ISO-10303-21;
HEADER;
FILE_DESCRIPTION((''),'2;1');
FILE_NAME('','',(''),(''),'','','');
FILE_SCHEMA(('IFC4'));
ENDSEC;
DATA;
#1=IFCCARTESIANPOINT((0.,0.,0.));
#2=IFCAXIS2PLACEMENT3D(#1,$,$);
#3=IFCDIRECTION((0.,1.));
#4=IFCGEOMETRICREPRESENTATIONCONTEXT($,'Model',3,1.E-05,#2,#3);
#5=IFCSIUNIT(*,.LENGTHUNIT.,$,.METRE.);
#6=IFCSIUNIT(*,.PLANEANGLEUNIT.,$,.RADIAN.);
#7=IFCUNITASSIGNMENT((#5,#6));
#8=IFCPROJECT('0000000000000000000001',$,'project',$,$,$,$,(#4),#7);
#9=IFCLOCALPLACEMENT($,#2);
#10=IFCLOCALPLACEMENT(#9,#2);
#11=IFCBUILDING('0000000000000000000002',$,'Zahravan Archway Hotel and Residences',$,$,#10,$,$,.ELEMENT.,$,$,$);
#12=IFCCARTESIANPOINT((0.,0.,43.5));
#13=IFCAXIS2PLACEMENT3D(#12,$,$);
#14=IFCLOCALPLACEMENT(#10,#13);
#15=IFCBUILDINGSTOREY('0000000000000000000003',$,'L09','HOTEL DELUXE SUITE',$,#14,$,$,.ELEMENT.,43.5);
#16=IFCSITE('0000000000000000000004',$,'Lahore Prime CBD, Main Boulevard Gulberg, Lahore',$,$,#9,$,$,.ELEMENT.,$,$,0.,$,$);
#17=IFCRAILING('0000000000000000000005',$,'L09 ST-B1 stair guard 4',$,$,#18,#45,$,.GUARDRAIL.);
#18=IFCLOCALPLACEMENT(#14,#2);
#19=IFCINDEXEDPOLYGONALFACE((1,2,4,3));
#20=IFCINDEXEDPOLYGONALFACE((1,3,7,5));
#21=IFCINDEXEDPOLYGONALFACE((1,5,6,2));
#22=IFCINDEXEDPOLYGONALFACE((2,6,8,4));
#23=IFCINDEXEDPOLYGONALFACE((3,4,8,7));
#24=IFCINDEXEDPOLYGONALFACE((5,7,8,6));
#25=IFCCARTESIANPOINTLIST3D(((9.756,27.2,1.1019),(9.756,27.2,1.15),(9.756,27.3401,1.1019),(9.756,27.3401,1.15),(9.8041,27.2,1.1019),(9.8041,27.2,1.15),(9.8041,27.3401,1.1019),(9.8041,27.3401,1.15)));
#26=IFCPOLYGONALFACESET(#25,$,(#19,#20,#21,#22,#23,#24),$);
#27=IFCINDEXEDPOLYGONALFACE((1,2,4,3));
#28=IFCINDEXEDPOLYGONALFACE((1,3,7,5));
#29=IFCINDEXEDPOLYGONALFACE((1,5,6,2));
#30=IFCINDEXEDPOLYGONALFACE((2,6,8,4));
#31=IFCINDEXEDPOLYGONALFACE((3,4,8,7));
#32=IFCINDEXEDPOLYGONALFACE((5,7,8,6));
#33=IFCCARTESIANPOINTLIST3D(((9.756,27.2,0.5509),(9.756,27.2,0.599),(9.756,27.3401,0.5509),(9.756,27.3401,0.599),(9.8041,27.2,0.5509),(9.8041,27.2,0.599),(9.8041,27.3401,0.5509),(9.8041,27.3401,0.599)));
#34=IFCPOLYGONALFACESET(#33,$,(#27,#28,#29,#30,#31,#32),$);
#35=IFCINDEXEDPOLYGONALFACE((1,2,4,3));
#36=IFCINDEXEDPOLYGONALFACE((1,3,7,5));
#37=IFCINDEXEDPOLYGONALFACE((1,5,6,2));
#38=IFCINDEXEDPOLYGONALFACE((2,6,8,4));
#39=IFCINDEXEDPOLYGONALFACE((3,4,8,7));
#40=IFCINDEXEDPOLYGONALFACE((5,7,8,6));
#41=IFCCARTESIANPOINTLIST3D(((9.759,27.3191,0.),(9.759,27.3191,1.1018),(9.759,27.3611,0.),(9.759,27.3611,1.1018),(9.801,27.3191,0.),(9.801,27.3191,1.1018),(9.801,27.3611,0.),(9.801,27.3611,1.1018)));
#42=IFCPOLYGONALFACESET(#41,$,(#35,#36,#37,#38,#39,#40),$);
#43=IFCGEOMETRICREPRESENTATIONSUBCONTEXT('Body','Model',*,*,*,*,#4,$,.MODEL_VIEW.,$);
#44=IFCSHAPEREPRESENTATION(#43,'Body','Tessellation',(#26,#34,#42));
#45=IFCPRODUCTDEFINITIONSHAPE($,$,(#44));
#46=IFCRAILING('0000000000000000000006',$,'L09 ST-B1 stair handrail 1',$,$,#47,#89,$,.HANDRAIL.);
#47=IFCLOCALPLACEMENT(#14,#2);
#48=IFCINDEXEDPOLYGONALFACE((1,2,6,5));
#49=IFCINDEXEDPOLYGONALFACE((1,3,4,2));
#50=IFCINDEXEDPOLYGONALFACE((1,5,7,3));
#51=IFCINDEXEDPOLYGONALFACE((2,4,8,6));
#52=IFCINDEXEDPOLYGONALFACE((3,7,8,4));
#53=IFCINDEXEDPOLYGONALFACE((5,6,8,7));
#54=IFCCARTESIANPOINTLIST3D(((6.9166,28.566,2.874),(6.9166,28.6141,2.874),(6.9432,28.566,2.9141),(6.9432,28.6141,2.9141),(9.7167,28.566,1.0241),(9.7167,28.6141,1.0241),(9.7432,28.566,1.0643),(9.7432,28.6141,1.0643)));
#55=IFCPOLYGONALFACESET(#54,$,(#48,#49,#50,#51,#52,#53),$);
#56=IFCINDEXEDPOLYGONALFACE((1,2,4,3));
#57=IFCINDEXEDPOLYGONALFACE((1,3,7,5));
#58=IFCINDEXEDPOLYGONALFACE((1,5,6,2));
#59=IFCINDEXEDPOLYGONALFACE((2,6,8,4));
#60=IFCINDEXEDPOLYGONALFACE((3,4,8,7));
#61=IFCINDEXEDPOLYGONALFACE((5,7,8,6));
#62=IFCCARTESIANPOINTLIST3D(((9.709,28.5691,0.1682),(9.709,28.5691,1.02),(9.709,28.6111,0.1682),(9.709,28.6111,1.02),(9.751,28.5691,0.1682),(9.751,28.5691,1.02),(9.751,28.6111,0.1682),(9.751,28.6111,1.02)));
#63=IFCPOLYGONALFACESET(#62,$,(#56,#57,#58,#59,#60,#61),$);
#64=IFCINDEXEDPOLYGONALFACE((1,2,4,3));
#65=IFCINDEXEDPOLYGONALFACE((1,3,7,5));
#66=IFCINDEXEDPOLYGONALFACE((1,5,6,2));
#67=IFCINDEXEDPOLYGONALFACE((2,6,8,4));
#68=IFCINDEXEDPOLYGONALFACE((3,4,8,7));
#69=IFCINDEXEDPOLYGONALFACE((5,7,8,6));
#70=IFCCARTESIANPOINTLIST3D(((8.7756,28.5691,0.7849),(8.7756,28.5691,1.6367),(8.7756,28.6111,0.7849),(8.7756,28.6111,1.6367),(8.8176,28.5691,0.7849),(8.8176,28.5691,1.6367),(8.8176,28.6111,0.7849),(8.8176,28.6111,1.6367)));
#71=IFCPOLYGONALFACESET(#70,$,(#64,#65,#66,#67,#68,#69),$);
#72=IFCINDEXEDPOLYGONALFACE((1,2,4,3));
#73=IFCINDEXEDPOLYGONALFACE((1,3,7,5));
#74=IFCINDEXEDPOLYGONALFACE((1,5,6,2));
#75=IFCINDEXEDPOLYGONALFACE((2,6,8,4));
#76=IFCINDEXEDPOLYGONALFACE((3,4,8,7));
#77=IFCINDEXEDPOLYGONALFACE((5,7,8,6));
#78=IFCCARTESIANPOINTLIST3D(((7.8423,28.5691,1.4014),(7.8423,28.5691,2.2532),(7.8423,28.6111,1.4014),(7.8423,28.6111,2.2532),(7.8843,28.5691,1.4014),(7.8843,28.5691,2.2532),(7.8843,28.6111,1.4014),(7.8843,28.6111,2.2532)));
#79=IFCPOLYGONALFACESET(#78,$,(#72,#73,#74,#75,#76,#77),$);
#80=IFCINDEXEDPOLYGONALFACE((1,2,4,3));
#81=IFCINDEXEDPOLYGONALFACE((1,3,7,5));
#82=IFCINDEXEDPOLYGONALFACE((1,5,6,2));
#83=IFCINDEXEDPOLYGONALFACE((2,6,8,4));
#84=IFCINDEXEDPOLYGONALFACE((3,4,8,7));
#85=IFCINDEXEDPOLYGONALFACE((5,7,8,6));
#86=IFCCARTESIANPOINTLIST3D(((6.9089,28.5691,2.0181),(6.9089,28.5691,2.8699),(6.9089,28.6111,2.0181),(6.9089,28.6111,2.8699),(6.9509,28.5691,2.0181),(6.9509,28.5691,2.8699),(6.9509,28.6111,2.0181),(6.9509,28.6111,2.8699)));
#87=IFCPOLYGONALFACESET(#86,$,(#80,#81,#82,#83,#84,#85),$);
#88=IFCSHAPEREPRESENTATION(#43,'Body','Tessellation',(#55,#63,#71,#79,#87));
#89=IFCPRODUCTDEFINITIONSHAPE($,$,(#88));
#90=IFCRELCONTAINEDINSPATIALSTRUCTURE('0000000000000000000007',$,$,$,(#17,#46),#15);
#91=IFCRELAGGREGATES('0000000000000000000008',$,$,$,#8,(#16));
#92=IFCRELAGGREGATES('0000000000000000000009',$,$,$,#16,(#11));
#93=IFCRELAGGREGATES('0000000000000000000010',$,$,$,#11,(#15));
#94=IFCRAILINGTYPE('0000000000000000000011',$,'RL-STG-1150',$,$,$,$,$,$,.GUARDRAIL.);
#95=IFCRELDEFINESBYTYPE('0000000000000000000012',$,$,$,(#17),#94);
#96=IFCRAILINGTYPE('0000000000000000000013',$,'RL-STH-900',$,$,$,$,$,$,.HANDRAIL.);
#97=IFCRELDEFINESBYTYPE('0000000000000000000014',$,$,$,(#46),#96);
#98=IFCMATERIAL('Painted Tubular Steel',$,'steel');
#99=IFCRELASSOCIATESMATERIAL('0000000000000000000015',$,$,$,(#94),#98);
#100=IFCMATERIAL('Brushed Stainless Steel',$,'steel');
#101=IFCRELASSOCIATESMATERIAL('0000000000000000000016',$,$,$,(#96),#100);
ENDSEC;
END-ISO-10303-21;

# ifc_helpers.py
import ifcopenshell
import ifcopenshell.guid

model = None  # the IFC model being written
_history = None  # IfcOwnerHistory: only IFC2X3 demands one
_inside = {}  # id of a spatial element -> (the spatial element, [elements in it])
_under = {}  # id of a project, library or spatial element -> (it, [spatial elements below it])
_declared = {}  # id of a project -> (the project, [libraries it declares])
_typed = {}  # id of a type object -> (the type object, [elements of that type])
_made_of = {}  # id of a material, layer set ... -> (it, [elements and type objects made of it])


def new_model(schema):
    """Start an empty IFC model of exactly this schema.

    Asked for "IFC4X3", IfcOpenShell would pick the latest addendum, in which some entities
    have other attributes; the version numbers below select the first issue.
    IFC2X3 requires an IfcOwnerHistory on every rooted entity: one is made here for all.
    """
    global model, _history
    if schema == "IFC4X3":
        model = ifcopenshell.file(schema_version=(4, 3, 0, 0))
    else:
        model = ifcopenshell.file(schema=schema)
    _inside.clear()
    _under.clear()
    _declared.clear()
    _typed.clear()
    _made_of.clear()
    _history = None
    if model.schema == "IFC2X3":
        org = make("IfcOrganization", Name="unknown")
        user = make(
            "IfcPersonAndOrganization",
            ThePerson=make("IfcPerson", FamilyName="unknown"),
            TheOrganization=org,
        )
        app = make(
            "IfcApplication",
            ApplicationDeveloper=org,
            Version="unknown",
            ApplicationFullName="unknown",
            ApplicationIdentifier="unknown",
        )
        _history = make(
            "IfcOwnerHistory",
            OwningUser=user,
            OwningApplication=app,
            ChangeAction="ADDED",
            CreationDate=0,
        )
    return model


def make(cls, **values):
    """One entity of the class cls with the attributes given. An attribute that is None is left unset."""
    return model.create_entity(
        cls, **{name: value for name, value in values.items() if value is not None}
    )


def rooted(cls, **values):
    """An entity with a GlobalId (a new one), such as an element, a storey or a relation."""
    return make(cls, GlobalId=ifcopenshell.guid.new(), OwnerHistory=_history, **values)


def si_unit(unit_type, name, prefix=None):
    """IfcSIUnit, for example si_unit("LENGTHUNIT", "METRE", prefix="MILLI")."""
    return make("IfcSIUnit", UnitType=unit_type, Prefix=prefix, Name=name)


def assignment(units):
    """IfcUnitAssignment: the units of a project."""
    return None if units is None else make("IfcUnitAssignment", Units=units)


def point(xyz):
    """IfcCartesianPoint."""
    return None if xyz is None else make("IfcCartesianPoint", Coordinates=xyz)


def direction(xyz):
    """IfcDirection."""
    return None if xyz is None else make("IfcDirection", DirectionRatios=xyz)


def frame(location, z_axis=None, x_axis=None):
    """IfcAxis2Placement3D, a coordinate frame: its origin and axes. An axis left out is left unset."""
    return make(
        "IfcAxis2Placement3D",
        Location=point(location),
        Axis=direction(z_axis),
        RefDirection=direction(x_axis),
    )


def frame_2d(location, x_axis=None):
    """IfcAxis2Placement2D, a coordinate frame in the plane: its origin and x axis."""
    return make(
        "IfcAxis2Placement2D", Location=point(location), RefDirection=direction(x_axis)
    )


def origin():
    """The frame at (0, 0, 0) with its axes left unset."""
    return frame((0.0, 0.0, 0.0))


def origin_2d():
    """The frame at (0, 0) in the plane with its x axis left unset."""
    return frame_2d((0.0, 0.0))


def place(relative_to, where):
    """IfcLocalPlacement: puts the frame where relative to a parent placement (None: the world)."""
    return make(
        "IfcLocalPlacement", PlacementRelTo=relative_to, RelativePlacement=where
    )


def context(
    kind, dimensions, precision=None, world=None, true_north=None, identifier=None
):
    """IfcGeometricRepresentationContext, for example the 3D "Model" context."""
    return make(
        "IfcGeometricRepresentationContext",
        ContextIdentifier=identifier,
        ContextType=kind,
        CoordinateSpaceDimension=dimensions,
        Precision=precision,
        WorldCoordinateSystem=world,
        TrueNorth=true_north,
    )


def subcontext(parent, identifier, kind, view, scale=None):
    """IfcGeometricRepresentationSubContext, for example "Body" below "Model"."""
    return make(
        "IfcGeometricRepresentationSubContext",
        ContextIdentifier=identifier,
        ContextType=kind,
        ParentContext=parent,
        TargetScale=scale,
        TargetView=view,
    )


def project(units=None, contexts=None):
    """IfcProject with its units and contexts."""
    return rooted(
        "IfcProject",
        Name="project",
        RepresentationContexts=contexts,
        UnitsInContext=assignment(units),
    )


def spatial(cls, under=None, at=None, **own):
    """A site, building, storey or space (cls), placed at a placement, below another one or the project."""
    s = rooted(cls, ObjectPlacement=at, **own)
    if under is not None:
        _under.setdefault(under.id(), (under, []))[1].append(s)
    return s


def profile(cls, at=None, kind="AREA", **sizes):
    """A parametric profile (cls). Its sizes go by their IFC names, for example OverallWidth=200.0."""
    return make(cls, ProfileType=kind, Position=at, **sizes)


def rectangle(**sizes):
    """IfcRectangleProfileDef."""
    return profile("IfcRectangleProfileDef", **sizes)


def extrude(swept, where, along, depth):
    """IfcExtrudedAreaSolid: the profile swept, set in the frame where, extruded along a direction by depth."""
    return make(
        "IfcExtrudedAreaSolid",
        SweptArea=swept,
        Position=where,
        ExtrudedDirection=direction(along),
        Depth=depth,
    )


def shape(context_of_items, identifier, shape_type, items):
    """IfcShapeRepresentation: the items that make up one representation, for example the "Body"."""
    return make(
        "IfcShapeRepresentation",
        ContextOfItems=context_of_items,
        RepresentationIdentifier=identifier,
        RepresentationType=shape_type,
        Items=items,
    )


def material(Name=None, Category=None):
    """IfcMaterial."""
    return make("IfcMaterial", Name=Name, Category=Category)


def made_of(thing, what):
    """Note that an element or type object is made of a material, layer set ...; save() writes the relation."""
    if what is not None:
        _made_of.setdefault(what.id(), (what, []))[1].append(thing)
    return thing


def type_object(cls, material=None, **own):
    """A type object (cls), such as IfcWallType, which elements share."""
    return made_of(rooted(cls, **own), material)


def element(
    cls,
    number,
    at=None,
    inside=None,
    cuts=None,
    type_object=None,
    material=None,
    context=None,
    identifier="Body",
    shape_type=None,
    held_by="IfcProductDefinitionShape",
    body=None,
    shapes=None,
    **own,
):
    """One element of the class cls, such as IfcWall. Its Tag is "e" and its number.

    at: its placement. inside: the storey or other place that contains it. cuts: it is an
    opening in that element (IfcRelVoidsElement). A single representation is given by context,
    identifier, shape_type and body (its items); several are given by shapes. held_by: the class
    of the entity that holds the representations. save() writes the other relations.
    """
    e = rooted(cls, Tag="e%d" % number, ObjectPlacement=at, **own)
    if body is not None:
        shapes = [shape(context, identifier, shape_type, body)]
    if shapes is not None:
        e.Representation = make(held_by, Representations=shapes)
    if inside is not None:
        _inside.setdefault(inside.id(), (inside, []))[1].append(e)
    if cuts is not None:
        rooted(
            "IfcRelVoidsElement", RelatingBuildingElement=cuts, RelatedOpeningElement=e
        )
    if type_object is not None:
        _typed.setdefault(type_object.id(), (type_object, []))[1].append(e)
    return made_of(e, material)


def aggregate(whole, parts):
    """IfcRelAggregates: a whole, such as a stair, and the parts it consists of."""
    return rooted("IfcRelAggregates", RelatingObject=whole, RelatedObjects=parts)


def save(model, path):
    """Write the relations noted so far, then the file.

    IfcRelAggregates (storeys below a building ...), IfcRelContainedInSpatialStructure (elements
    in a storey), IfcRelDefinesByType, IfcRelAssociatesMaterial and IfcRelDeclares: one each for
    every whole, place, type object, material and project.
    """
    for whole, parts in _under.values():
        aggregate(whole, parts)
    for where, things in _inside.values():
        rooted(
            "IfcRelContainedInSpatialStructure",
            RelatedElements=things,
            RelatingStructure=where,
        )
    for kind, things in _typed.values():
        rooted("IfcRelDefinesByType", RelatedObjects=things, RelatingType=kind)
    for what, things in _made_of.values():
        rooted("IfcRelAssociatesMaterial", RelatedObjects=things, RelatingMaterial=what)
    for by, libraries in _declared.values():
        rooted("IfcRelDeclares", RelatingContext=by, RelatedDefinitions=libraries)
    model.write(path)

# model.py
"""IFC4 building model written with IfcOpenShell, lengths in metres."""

from ifc_helpers import new_model, si_unit, direction, frame, origin, origin_2d, place, context, subcontext, project, spatial, rectangle, extrude, material, type_object, element, save


model = new_model("IFC4")

# Units and contexts
model_context = context("Model", 3, precision=1e-05, world=origin(), true_north=direction((0.0, 1.0)))
body_context = subcontext(model_context, "Body", "Model", "MODEL_VIEW")
ifc_project = project(units=[si_unit("LENGTHUNIT", "METRE"), si_unit("PLANEANGLEUNIT", "RADIAN")], contexts=[model_context])

# Site, building, storey
site_placement = place(None, origin())
site = spatial("IfcSite", under=ifc_project, at=site_placement, Name="Lahore Prime CBD, Main Boulevard Gulberg, Lahore", CompositionType="ELEMENT", RefElevation=0.0)
building_placement = place(site_placement, origin())
building = spatial("IfcBuilding", under=site, at=building_placement, Name="Zahravan Archway Hotel and Residences", CompositionType="ELEMENT")
storey_placement = place(building_placement, frame((0.0, 0.0, 43.5)))
storey = spatial("IfcBuildingStorey", under=building, at=storey_placement, Name="L09", Description="HOTEL DELUXE SUITE", CompositionType="ELEMENT", Elevation=43.5)

# Shared definitions
ifc_material_1 = material(Name="Brushed Stainless Steel", Category="steel")

# Railings
ifc_material_2 = material(Name="Painted Tubular Steel", Category="steel")
railing_type_1 = type_object("IfcRailingType", Name="RL-STG-1150", PredefinedType="GUARDRAIL", material=ifc_material_2)
railing_1_placement = place(storey_placement, frame((9.78, 27.3401, 0.0)))
element("IfcRailing", 1, at=railing_1_placement, inside=storey, type_object=railing_type_1, Name="L09 ST-B1 stair guard 4", PredefinedType="GUARDRAIL", context=body_context, shape_type="SweptSolid", body=[
    extrude(rectangle(XDim=0.0481, YDim=0.0481, at=origin_2d()), frame((0.0, 0.0, 1.126), z_axis=(0.0, -1.0, 0.0), x_axis=(1.0, 0.0, 0.0)), (0.0, 0.0, 1.0), 0.1401),
    extrude(rectangle(XDim=0.0481, YDim=0.0481, at=origin_2d()), frame((0.0, 0.0, 0.575), z_axis=(0.0, -1.0, 0.0), x_axis=(1.0, 0.0, 0.0)), (0.0, 0.0, 1.0), 0.1401),
    extrude(rectangle(XDim=0.042, YDim=0.042, at=origin_2d()), origin(), (0.0, 0.0, 1.0), 1.1018),
])
railing_type_2 = type_object("IfcRailingType", Name="RL-STH-900", PredefinedType="HANDRAIL", material=ifc_material_1)
railing_2_placement = place(storey_placement, frame((9.73, 28.5901, 0.1682)))
element("IfcRailing", 2, at=railing_2_placement, inside=storey, type_object=railing_type_2, Name="L09 ST-B1 stair handrail 1", PredefinedType="HANDRAIL", context=body_context, shape_type="SweptSolid", body=[
    extrude(rectangle(XDim=0.0481, YDim=0.0481, at=origin_2d()), frame((0.0, 0.0, 0.876), z_axis=(-0.83436, 0.0, 0.55122), x_axis=(0.0, -1.0, 0.0)), (0.0, 0.0, 1.0), 3.356),
    extrude(rectangle(XDim=0.042, YDim=0.042, at=origin_2d()), origin(), (0.0, 0.0, 1.0), 0.8518),
    extrude(rectangle(XDim=0.042, YDim=0.042, at=origin_2d()), frame((-0.9333, 0.0, 0.6167)), (0.0, 0.0, 1.0), 0.8518),
    extrude(rectangle(XDim=0.042, YDim=0.042, at=origin_2d()), frame((-1.8667, 0.0, 1.2332)), (0.0, 0.0, 1.0), 0.8518),
    extrude(rectangle(XDim=0.042, YDim=0.042, at=origin_2d()), frame((-2.8, 0.0, 1.8499)), (0.0, 0.0, 1.0), 0.8518),
])

save(model, "model.ifc")
